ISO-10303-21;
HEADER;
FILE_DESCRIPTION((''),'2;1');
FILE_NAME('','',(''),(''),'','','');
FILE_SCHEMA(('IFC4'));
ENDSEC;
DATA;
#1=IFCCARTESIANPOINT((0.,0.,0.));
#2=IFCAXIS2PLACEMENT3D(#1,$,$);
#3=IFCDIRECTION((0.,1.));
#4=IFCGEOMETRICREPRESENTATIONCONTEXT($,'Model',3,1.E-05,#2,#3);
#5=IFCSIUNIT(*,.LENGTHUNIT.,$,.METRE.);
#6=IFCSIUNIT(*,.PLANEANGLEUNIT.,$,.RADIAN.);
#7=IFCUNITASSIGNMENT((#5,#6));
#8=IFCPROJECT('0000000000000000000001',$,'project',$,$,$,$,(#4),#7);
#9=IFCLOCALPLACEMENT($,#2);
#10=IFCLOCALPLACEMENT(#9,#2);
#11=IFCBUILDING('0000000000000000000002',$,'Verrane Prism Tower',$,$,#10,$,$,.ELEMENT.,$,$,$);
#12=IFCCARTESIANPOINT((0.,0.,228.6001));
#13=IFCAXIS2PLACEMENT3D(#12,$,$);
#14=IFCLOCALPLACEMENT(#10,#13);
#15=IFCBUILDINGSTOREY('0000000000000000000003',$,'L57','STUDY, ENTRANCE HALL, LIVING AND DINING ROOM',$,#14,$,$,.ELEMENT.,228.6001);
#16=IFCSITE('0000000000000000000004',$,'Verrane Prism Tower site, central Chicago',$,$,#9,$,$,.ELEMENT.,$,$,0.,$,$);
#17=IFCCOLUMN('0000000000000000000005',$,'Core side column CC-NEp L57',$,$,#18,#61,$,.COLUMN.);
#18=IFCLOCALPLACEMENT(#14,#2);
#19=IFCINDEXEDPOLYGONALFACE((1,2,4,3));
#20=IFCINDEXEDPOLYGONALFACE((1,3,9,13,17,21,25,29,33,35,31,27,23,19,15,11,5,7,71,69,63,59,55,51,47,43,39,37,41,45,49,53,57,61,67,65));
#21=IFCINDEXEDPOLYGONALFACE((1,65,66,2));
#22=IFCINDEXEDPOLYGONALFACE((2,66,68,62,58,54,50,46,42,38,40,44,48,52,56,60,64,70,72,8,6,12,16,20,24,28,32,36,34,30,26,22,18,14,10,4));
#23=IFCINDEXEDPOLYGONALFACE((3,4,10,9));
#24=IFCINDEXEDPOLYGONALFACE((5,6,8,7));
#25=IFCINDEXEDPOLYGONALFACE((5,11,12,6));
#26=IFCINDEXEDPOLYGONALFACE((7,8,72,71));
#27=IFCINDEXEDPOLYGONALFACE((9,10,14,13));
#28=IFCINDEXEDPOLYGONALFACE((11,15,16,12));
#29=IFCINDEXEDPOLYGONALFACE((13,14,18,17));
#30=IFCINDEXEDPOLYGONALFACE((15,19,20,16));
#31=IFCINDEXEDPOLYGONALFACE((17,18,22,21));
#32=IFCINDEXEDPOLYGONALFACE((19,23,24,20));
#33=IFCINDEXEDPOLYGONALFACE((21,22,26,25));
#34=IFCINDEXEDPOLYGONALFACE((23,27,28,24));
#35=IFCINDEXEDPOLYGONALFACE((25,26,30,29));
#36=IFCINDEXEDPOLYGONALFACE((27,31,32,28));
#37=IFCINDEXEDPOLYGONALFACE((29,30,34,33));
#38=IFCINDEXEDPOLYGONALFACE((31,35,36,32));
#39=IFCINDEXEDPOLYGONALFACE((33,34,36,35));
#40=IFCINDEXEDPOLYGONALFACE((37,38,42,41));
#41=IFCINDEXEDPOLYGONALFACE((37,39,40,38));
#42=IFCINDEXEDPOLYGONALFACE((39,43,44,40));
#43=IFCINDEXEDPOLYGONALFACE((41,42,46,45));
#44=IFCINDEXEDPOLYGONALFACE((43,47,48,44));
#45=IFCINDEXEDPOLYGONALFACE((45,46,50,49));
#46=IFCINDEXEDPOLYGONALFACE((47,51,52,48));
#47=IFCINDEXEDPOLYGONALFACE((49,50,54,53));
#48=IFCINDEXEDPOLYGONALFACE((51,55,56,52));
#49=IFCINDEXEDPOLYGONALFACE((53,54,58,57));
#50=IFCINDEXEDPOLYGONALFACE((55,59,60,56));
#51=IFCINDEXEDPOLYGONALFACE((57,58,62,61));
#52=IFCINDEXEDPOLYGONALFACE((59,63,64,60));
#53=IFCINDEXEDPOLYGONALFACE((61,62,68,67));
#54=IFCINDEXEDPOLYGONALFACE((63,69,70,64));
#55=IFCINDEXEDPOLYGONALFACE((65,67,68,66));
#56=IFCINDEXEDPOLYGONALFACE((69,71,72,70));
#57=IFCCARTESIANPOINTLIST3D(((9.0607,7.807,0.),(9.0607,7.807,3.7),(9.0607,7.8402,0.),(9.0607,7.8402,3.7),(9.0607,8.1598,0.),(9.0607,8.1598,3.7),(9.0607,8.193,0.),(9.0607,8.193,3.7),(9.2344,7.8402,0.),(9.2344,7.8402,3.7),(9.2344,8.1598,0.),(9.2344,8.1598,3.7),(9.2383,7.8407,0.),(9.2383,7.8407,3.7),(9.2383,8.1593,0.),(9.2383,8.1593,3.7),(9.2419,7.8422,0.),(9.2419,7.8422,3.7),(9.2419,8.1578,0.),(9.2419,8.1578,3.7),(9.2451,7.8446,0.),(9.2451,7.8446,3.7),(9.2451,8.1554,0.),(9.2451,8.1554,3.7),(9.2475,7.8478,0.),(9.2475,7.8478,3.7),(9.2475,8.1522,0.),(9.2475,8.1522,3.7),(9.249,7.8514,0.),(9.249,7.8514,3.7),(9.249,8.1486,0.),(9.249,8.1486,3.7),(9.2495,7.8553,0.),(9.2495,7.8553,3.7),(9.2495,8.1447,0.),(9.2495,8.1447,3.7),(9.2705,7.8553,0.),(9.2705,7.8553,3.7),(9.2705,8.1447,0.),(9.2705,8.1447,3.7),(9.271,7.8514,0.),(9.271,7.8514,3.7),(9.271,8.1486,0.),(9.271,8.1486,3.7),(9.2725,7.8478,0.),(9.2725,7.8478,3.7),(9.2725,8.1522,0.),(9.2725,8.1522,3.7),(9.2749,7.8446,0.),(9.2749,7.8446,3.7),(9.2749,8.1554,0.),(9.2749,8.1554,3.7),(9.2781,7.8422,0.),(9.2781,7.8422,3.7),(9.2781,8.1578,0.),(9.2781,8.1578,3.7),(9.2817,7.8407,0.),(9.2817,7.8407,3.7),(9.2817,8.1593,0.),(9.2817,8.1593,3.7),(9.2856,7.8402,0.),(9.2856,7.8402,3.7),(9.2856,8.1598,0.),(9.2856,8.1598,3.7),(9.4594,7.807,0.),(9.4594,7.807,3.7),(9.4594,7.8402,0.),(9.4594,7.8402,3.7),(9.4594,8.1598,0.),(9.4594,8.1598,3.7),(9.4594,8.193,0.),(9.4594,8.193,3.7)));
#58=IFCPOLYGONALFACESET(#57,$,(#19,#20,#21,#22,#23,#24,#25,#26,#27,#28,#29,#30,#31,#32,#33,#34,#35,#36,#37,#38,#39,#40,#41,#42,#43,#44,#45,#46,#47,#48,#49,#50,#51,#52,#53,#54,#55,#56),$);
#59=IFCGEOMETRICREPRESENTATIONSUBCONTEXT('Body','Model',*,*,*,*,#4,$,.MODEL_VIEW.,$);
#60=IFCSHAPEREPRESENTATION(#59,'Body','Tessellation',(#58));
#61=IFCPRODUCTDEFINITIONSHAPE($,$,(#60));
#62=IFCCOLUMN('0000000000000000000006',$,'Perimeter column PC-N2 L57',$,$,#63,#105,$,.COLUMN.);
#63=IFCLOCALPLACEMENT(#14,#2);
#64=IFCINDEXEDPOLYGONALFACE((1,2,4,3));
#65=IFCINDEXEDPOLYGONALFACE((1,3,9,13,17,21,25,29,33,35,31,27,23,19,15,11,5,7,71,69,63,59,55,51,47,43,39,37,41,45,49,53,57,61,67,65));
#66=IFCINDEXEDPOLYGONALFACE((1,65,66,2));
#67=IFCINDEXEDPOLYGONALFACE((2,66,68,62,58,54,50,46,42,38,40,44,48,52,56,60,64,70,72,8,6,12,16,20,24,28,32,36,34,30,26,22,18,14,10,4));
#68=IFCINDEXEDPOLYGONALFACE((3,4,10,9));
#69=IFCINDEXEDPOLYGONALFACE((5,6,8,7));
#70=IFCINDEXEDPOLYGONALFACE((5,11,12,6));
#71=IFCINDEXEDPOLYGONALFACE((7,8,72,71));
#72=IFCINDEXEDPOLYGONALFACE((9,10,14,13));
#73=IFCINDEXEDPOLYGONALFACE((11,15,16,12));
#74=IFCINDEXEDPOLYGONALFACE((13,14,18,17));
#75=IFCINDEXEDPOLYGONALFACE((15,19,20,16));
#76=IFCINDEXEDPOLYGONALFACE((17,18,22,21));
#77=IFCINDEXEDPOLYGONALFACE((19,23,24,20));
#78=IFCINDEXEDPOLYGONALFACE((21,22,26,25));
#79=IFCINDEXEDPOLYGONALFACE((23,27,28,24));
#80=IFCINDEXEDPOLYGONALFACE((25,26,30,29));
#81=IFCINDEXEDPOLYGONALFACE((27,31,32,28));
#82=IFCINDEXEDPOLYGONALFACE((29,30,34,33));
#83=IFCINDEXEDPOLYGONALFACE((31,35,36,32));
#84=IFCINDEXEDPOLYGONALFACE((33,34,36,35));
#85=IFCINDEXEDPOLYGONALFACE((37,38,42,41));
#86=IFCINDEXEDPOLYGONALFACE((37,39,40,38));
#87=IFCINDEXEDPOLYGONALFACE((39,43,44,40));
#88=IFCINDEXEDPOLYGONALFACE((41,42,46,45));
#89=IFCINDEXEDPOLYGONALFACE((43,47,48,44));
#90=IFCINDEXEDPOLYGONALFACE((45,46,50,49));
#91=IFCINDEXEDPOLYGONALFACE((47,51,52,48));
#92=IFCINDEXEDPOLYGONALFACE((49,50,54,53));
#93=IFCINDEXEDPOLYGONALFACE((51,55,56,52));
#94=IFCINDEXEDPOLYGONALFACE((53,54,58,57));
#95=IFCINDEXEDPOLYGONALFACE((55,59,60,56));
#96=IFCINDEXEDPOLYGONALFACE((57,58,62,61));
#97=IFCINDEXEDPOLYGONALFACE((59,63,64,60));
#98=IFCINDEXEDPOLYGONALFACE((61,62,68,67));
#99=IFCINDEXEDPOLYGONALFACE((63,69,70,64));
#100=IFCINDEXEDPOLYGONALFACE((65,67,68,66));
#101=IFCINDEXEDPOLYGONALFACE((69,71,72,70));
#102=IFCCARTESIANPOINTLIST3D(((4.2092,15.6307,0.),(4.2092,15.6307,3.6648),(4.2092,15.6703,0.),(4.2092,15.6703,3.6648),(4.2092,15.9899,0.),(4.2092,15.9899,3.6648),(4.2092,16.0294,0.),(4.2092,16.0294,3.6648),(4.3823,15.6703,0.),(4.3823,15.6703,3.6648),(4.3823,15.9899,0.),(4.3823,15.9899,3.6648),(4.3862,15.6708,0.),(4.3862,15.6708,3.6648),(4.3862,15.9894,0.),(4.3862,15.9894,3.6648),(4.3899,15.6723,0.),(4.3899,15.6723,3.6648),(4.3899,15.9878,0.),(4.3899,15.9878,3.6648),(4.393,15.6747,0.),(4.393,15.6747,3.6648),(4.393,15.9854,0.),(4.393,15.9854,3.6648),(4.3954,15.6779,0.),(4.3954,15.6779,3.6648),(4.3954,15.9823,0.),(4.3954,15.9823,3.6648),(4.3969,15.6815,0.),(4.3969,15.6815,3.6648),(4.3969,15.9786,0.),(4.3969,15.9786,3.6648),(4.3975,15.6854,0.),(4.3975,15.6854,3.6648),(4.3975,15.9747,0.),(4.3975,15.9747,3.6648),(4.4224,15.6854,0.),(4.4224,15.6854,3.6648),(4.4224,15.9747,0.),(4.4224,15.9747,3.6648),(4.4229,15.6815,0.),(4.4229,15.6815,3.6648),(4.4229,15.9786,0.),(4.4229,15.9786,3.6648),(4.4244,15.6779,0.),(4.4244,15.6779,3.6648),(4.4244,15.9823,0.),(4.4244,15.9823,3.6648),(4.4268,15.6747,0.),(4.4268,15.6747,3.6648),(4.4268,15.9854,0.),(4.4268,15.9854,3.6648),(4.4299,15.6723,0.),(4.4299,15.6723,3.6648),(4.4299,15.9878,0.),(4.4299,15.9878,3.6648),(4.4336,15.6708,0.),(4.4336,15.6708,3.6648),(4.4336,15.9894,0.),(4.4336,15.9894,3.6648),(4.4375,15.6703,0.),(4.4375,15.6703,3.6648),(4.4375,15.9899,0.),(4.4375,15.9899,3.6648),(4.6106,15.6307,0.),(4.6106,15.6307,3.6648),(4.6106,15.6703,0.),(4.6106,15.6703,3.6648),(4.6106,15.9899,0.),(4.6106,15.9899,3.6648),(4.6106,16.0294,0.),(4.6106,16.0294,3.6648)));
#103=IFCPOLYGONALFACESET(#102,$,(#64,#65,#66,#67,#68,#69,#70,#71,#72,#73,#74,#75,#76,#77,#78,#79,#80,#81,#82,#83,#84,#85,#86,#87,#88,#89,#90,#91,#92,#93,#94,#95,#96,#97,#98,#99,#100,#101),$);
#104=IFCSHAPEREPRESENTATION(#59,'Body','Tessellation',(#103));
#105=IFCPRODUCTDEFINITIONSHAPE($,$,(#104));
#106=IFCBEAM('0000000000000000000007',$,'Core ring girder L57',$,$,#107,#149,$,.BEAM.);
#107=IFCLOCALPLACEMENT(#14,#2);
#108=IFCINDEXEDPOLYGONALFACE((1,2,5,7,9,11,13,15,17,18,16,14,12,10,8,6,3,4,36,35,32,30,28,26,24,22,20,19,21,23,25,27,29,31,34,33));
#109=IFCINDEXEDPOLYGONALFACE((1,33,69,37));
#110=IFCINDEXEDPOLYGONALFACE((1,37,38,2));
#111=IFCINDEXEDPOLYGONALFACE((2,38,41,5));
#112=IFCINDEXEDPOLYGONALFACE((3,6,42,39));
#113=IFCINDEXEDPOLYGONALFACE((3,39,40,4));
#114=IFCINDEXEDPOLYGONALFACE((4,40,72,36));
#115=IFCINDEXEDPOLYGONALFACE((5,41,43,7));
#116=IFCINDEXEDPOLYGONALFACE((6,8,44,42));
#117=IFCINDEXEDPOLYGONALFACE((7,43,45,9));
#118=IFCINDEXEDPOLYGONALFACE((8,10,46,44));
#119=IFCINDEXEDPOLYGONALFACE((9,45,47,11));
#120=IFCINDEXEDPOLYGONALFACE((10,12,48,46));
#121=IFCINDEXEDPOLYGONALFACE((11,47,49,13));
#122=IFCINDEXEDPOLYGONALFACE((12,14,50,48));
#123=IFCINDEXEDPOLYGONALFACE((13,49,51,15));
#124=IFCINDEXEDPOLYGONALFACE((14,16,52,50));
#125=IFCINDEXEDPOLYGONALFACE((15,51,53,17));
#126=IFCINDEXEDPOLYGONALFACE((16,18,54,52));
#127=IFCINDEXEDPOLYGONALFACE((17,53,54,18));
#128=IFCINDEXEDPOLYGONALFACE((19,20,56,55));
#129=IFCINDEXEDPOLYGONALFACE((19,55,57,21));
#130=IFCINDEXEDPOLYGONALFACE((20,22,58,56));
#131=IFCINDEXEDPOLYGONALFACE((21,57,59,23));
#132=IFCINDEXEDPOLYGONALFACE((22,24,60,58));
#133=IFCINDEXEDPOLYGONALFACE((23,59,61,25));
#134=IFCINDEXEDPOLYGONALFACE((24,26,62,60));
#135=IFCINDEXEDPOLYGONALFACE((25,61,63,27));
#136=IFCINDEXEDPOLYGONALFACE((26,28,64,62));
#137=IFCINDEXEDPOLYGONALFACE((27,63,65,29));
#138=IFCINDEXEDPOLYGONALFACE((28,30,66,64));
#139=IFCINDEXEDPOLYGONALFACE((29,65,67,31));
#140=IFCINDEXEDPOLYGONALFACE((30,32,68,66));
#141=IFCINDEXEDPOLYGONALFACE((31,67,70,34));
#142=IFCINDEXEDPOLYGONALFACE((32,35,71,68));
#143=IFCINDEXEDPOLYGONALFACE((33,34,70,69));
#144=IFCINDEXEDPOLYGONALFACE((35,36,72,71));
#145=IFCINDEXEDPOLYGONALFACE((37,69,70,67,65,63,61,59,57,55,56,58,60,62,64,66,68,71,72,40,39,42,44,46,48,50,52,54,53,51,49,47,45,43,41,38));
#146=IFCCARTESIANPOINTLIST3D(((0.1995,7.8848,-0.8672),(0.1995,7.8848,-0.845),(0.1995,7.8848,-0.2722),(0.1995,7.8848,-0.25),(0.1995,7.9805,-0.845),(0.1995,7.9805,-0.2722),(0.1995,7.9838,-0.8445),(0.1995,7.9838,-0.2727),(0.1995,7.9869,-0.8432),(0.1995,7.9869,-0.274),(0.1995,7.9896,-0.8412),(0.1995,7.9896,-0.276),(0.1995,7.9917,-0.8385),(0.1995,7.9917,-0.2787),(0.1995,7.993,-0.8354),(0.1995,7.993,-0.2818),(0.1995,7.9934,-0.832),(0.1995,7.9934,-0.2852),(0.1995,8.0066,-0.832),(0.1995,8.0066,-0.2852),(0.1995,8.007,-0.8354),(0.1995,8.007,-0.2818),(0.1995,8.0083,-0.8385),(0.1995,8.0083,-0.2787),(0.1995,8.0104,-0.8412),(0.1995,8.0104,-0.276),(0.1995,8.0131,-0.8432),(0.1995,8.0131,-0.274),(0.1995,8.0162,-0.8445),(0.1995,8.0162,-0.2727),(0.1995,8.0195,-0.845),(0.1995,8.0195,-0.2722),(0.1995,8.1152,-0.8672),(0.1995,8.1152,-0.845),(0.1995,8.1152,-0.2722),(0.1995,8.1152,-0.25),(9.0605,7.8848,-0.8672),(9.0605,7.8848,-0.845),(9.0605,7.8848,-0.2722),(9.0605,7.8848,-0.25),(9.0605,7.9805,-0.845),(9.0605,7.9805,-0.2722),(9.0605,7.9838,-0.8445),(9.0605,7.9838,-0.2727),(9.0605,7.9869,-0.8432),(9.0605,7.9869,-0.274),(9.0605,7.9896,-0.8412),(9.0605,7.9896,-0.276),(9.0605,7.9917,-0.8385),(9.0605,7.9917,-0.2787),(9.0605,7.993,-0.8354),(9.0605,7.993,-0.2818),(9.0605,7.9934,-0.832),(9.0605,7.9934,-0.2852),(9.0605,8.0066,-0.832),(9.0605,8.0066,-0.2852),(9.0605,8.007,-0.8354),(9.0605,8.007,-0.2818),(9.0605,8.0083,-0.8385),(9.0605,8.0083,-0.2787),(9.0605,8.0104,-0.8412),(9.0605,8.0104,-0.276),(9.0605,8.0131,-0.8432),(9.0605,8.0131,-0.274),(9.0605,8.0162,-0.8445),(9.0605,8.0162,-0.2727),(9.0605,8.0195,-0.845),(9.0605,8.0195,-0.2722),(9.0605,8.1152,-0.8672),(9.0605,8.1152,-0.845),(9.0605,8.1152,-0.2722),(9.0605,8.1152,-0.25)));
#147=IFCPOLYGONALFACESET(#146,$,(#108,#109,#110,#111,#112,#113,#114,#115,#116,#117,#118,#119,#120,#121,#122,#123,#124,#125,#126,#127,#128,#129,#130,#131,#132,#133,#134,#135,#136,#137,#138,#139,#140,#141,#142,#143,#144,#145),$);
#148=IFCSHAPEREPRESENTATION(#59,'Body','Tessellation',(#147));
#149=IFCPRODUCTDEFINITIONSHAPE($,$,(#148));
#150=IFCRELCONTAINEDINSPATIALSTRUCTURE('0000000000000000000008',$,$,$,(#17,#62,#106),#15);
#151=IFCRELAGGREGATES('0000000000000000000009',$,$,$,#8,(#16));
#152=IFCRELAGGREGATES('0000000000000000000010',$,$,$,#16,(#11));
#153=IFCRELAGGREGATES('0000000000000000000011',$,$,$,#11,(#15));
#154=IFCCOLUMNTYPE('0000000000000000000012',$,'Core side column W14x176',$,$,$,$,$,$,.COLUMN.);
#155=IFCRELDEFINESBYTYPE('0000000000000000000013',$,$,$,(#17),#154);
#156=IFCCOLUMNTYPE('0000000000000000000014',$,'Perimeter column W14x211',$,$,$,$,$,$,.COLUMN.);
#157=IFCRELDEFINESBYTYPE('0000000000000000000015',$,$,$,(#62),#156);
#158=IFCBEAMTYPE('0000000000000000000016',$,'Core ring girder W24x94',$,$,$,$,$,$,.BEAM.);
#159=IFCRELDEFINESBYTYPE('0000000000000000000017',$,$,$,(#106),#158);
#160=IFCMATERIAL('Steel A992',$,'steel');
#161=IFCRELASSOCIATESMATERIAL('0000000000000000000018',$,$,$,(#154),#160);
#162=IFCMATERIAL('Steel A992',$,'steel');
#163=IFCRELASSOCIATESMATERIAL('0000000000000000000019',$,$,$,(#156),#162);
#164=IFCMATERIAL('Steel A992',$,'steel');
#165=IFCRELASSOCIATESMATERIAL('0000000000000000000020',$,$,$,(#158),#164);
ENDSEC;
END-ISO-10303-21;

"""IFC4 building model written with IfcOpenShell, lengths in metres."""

from ifc_helpers import new_model, si_unit, direction, frame, origin, origin_2d, place, context, subcontext, project, spatial, i_section, extrude, material, material_profile, profile_set, type_object, element, save


model = new_model("IFC4")

# Units and contexts
model_context = context("Model", 3, precision=1e-05, world=origin(), true_north=direction((0.0, 1.0)))
body_context = subcontext(model_context, "Body", "Model", "MODEL_VIEW")
ifc_project = project(units=[si_unit("LENGTHUNIT", "METRE"), si_unit("PLANEANGLEUNIT", "RADIAN")], contexts=[model_context])

# Site, building, storey
site_placement = place(None, origin())
site = spatial("IfcSite", under=ifc_project, at=site_placement, Name="Verrane Prism Tower site, central Chicago", CompositionType="ELEMENT", RefElevation=0.0)
building_placement = place(site_placement, origin())
building = spatial("IfcBuilding", under=site, at=building_placement, Name="Verrane Prism Tower", CompositionType="ELEMENT")
storey_placement = place(building_placement, frame((0.0, 0.0, 228.6001)))
storey = spatial("IfcBuildingStorey", under=building, at=storey_placement, Name="L57", Description="STUDY, ENTRANCE HALL, LIVING AND DINING ROOM", CompositionType="ELEMENT", Elevation=228.6001)

# Columns
ifc_material_1 = material(Name="Steel A992", Category="steel")
ifc_material_profile_1 = material_profile(ifc_material_1, i_section(OverallWidth=0.3987, OverallDepth=0.386, WebThickness=0.021, FlangeThickness=0.0332, FilletRadius=0.0151, at=origin_2d()), Name="W14x176")
ifc_profile_set_1 = profile_set([ifc_material_profile_1], Name="Steel A992")
column_type_1 = type_object("IfcColumnType", Name="Core side column W14x176", PredefinedType="COLUMN", material=ifc_profile_set_1)
column_1_placement = place(storey_placement, frame((9.26, 8.0, 0.0), z_axis=(0.0, 0.0, 1.0), x_axis=(1.0, 0.0, 0.0)))
element("IfcColumn", 1, at=column_1_placement, inside=storey, type_object=column_type_1, Name="Core side column CC-NEp L57", PredefinedType="COLUMN", context=body_context, shape_type="SweptSolid", body=[
    extrude(i_section(OverallWidth=0.3987, OverallDepth=0.386, WebThickness=0.021, FlangeThickness=0.0332, FilletRadius=0.0151, at=origin_2d()), origin(), (0.0, 0.0, 1.0), 3.7),
])
ifc_material_2 = material(Name="Steel A992", Category="steel")
ifc_material_profile_2 = material_profile(ifc_material_2, i_section(OverallWidth=0.4014, OverallDepth=0.3987, WebThickness=0.0249, FlangeThickness=0.0396, FilletRadius=0.0151, at=origin_2d()), Name="W14x211")
ifc_profile_set_2 = profile_set([ifc_material_profile_2], Name="Steel A992")
column_type_2 = type_object("IfcColumnType", Name="Perimeter column W14x211", PredefinedType="COLUMN", material=ifc_profile_set_2)
column_2_placement = place(storey_placement, frame((4.4099, 15.8301, 0.0), z_axis=(0.0, 0.0, 1.0), x_axis=(1.0, 0.0, 0.0)))
element("IfcColumn", 2, at=column_2_placement, inside=storey, type_object=column_type_2, Name="Perimeter column PC-N2 L57", PredefinedType="COLUMN", context=body_context, shape_type="SweptSolid", body=[
    extrude(i_section(OverallWidth=0.4014, OverallDepth=0.3987, WebThickness=0.0249, FlangeThickness=0.0396, FilletRadius=0.0151, at=origin_2d()), origin(), (0.0, 0.0, 1.0), 3.6648),
])

# Beam
ifc_material_3 = material(Name="Steel A992", Category="steel")
ifc_material_profile_3 = material_profile(ifc_material_3, i_section(OverallWidth=0.2305, OverallDepth=0.6172, WebThickness=0.0132, FlangeThickness=0.0222, FilletRadius=0.0129, at=origin_2d()), Name="W24x94")
ifc_profile_set_3 = profile_set([ifc_material_profile_3], Name="Steel A992")
beam_type_1 = type_object("IfcBeamType", Name="Core ring girder W24x94", PredefinedType="BEAM", material=ifc_profile_set_3)
beam_1_placement = place(storey_placement, frame((9.0605, 8.0, -0.5586), z_axis=(-1.0, 0.0, 0.0), x_axis=(0.0, -1.0, 0.0)))
element("IfcBeam", 3, at=beam_1_placement, inside=storey, type_object=beam_type_1, Name="Core ring girder L57", PredefinedType="BEAM", context=body_context, shape_type="SweptSolid", body=[
    extrude(i_section(OverallWidth=0.2305, OverallDepth=0.6172, WebThickness=0.0132, FlangeThickness=0.0222, FilletRadius=0.0129, at=origin_2d()), origin(), (0.0, 0.0, 1.0), 8.8611),
])

save(model, "model.ifc")
